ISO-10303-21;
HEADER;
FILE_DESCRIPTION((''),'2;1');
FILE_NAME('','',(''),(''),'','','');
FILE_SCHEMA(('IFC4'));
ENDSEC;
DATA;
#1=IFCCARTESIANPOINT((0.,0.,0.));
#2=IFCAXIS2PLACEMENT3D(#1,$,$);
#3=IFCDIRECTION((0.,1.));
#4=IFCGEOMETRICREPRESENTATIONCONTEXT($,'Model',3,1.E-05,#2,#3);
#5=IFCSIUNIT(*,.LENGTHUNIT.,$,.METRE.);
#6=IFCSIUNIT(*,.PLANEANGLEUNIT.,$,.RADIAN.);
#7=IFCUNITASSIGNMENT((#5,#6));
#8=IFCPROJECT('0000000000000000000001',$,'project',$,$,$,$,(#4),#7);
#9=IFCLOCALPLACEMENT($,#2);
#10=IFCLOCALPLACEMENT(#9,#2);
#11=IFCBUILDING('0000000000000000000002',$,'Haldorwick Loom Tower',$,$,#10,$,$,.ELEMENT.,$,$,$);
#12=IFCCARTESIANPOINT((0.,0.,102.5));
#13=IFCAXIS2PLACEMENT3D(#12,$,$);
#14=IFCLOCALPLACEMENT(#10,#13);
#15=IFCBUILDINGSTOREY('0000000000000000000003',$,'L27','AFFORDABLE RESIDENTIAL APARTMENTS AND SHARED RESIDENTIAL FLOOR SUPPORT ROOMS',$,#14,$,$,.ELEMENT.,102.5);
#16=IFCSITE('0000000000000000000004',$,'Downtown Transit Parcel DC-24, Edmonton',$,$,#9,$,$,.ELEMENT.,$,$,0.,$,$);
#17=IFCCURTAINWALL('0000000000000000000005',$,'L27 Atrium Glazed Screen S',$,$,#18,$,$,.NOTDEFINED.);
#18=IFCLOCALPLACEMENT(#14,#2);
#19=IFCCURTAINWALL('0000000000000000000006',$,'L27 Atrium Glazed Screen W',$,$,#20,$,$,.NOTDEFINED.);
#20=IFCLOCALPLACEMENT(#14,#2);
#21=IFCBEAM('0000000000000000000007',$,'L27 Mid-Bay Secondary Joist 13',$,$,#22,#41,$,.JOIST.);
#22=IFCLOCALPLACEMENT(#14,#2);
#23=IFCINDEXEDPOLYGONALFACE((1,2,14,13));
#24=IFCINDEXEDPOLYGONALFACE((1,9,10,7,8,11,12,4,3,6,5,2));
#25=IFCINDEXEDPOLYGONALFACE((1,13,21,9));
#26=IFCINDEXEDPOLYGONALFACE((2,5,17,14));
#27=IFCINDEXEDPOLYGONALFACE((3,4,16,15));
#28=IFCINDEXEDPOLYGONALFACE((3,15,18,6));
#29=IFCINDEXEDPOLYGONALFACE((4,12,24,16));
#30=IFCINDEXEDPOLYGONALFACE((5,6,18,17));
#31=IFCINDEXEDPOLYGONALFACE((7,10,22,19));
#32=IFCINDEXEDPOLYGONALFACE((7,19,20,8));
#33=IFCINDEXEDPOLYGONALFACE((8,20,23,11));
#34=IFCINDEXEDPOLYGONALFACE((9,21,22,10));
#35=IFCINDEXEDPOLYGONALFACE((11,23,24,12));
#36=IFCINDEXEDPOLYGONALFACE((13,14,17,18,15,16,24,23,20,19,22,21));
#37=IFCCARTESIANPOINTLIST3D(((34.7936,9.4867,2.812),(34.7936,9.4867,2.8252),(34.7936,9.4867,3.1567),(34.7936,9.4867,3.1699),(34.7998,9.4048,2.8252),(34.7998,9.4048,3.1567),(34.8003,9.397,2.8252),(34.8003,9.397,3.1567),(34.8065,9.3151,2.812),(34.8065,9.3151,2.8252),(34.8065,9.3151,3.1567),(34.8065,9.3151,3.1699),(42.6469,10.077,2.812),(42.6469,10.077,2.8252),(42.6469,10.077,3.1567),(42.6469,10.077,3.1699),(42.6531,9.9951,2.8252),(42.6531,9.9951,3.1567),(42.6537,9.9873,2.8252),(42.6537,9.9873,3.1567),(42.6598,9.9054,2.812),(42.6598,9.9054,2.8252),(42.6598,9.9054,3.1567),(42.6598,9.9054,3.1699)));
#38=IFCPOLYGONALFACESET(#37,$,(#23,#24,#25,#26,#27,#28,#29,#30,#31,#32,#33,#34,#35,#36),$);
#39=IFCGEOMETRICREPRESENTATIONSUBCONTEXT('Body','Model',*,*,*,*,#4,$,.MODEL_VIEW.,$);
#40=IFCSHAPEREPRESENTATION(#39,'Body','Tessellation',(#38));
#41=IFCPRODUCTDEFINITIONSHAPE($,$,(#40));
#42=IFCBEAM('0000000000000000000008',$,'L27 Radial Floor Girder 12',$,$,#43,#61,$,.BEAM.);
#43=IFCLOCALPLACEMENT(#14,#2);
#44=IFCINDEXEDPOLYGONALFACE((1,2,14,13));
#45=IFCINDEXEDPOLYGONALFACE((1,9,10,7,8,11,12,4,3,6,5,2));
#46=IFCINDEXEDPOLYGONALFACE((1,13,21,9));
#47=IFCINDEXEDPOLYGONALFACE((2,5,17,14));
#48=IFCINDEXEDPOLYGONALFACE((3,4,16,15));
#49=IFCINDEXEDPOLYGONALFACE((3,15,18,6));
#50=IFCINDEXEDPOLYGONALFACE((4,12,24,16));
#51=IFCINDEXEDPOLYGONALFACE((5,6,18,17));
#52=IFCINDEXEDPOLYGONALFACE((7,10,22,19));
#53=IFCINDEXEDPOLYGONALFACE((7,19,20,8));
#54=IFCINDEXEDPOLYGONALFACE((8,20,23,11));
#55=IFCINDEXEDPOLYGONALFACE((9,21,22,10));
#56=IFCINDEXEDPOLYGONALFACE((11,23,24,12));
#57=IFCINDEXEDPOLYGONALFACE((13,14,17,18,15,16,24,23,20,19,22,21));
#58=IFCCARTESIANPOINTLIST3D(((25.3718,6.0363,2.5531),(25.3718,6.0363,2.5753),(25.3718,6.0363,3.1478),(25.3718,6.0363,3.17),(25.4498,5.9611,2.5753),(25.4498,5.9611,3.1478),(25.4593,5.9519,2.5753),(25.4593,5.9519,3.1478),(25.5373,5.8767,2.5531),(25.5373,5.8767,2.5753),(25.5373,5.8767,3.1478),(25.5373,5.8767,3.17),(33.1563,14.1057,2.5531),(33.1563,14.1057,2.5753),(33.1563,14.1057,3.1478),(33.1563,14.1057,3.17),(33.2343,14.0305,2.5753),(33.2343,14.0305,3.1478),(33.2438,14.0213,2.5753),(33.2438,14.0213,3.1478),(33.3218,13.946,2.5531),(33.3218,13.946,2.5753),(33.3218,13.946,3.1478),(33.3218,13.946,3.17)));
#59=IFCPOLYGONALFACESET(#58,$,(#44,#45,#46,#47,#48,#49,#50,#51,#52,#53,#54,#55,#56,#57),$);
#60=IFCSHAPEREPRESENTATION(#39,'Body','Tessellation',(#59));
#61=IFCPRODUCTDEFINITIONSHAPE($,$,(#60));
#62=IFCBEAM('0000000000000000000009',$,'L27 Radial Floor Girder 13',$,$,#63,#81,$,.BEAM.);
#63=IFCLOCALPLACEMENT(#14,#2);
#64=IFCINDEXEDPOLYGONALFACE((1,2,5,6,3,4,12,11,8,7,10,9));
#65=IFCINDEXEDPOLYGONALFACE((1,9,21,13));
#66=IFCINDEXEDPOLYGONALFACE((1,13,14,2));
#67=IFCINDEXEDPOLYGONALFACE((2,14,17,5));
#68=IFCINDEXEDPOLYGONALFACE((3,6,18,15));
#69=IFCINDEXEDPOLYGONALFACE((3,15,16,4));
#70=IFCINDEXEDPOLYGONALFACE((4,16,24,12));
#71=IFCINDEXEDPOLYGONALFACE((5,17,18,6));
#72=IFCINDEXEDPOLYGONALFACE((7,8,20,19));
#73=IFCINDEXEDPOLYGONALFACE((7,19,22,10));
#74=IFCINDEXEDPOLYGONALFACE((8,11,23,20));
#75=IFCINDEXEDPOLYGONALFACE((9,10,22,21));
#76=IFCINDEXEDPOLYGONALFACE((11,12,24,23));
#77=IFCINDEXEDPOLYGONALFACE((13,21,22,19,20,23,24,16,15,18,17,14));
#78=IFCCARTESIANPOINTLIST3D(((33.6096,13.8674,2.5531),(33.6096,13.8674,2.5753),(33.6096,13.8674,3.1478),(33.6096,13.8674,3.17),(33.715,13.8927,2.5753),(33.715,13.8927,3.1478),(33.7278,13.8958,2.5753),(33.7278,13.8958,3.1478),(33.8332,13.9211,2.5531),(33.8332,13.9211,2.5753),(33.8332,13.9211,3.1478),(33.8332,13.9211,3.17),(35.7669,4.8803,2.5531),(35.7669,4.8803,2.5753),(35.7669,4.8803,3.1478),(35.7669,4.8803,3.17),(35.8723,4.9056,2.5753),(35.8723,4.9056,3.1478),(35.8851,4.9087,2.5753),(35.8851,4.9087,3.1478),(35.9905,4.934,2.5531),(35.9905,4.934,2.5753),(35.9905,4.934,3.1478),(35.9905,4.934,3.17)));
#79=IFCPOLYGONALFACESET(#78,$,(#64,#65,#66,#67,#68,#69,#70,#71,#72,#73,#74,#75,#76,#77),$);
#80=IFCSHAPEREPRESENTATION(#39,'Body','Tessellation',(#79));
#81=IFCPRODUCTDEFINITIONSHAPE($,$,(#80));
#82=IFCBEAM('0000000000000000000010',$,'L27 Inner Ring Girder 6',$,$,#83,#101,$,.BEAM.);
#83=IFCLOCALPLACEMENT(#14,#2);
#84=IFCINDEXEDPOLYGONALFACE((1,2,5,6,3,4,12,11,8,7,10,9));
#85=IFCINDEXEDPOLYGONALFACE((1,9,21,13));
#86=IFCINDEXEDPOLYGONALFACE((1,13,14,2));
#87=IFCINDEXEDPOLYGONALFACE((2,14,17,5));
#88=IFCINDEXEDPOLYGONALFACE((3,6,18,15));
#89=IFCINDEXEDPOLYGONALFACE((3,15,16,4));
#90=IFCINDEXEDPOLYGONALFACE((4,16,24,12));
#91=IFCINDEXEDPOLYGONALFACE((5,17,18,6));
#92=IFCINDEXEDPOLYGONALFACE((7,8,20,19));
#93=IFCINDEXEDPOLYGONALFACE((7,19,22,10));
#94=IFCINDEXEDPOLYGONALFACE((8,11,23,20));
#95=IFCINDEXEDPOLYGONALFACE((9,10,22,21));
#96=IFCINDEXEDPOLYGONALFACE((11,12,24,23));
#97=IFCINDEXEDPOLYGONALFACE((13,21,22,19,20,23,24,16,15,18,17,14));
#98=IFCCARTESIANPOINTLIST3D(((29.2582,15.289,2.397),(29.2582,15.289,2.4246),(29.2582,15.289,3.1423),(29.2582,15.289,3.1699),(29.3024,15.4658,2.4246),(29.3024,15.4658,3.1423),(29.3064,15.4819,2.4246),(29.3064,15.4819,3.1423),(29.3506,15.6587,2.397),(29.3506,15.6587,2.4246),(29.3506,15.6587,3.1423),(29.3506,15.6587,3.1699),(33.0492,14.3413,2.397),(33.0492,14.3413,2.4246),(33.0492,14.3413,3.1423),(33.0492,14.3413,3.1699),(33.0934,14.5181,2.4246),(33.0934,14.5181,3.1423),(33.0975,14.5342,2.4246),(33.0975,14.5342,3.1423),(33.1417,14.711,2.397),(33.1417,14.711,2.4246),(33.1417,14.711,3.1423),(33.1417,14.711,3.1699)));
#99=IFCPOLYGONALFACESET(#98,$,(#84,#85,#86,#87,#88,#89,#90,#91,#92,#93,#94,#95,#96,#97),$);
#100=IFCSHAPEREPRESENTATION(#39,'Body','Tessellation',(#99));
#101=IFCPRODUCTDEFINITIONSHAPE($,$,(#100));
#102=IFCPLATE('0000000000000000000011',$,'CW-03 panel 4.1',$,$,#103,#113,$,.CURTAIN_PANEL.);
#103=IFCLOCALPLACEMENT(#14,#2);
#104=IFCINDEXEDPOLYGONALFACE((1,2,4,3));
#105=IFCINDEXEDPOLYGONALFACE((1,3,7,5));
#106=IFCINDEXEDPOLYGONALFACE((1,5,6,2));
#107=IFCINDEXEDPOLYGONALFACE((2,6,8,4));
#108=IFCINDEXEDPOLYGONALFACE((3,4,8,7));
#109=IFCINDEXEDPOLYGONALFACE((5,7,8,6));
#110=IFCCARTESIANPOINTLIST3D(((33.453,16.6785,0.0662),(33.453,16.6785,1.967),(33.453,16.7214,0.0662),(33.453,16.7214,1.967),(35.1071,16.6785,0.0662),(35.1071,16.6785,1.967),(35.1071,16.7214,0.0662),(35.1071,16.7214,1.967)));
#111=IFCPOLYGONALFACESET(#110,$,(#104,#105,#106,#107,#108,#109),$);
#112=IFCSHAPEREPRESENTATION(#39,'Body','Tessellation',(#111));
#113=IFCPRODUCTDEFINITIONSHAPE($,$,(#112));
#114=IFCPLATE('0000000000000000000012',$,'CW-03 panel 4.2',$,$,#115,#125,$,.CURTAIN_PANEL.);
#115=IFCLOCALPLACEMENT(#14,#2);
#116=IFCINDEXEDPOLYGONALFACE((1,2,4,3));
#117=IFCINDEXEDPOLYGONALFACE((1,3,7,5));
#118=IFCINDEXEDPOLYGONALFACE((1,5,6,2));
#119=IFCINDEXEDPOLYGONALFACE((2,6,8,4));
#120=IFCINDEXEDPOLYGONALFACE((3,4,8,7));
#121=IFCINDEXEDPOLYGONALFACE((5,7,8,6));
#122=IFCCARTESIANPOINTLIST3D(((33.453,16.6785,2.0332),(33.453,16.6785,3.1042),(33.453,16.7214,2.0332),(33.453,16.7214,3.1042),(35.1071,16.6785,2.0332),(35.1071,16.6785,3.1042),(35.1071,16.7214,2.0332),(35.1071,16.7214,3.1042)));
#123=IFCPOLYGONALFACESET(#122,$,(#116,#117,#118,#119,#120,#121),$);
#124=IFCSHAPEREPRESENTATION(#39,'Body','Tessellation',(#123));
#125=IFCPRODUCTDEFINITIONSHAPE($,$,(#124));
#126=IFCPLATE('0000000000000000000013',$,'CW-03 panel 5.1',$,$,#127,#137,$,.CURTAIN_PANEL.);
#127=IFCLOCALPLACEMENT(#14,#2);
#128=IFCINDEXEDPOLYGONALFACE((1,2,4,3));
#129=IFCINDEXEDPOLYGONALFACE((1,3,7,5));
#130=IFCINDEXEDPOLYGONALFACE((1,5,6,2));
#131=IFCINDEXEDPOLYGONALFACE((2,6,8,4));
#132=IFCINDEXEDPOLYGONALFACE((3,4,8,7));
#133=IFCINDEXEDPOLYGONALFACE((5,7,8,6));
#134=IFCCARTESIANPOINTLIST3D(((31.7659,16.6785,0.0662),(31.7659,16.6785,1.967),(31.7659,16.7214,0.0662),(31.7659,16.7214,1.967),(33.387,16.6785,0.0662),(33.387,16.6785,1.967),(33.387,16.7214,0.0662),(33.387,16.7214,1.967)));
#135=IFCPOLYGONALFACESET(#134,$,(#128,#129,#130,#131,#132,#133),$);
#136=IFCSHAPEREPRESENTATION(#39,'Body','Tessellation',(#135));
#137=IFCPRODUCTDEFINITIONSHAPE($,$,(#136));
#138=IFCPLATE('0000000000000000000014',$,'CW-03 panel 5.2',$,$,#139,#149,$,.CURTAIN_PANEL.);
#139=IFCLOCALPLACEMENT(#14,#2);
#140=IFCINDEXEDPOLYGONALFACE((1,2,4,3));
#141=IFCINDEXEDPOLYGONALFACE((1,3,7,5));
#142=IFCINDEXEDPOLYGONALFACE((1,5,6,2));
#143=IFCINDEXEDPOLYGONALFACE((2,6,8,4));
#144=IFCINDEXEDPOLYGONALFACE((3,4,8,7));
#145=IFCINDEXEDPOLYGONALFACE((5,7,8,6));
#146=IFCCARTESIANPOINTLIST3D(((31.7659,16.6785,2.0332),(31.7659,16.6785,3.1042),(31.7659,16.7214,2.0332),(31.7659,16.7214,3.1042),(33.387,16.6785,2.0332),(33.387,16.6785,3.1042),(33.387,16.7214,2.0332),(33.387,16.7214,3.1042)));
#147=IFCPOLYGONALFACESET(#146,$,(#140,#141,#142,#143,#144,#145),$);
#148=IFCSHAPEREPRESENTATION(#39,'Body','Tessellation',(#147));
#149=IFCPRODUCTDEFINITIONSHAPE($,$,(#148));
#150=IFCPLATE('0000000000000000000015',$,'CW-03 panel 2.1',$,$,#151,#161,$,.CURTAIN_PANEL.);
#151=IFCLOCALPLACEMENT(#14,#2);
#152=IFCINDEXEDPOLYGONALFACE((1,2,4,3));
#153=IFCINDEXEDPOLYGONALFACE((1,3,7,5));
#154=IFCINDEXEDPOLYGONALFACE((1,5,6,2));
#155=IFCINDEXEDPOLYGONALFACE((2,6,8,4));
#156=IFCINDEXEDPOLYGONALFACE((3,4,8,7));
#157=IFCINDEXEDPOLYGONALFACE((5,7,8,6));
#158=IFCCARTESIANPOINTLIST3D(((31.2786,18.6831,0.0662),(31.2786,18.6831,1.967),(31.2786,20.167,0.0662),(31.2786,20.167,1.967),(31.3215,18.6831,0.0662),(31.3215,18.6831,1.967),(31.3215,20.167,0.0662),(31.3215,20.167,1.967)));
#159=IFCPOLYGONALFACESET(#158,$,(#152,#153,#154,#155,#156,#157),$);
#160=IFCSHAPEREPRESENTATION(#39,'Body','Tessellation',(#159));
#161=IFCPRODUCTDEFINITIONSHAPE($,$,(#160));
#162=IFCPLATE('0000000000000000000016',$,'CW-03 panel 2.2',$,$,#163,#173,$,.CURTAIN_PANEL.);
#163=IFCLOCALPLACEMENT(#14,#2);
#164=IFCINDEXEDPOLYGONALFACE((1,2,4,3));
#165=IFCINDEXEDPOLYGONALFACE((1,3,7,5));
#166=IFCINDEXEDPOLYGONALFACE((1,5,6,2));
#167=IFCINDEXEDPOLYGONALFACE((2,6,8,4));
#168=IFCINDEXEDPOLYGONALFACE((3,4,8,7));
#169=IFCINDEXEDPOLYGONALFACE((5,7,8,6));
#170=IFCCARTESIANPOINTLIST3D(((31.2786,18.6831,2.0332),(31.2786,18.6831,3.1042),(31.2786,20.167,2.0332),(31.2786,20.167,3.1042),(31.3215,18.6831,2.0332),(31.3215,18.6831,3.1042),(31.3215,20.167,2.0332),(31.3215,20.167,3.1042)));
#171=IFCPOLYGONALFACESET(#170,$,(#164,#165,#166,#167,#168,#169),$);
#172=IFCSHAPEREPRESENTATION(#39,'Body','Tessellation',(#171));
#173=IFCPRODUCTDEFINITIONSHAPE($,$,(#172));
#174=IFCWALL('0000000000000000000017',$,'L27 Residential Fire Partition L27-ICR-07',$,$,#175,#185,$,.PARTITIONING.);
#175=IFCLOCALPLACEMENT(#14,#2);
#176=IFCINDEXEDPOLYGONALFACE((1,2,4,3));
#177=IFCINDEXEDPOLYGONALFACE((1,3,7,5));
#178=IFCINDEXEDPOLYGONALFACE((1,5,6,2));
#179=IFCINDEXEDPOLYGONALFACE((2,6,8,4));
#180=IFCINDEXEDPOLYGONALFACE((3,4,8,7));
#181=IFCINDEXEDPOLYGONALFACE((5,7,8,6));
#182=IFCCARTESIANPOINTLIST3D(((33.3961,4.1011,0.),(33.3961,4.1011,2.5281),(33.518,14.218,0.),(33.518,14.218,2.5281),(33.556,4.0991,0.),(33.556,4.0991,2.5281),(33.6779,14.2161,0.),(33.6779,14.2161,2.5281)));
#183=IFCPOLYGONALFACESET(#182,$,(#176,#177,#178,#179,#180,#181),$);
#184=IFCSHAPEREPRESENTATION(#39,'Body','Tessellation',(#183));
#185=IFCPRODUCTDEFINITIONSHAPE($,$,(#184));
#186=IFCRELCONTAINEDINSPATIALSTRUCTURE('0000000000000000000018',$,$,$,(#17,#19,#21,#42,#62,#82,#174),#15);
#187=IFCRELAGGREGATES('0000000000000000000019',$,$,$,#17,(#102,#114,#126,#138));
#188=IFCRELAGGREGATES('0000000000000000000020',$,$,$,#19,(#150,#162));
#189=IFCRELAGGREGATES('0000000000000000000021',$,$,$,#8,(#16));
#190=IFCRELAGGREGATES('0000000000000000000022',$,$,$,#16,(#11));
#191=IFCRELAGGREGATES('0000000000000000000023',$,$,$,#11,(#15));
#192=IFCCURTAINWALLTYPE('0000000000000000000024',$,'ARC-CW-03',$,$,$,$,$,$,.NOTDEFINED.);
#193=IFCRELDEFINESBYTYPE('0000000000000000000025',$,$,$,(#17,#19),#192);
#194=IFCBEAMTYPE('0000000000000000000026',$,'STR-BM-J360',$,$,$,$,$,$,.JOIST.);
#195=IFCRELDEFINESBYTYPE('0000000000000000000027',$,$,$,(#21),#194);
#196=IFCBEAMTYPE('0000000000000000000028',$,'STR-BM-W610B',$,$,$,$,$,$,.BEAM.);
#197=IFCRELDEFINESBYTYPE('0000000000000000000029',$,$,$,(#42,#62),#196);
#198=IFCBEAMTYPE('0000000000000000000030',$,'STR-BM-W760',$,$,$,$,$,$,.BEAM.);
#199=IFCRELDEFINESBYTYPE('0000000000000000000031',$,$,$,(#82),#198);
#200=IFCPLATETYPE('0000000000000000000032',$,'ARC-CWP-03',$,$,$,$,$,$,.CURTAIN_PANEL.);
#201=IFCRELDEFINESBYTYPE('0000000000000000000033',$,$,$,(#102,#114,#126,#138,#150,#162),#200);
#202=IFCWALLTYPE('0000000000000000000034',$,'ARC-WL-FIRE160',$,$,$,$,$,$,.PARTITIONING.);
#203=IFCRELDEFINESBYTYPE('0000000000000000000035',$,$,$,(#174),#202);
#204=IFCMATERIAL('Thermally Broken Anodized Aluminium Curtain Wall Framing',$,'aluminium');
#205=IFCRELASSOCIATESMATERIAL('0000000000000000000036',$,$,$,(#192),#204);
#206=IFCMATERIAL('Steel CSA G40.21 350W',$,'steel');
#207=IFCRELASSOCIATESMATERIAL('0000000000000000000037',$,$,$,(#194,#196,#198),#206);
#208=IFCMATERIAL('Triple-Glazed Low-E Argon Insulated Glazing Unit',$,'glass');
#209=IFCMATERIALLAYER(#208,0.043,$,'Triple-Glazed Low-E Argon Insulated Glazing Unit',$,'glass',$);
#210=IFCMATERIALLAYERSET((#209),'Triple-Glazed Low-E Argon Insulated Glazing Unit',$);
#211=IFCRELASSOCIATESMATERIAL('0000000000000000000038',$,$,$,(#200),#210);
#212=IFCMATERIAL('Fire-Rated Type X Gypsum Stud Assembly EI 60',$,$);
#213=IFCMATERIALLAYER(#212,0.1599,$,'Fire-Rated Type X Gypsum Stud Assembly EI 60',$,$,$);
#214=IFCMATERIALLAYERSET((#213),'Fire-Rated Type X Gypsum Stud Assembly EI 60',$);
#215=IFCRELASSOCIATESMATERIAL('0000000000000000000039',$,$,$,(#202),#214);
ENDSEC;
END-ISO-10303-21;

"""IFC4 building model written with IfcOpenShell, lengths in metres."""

from ifc_helpers import new_model, si_unit, direction, frame, frame_2d, origin, origin_2d, place, context, subcontext, project, spatial, rectangle, i_section, extrude, material, layer, layer_set, material_profile, profile_set, type_object, element, aggregate, save


model = new_model("IFC4")

# Units and contexts
model_context = context("Model", 3, precision=1e-05, world=origin(), true_north=direction((0.0, 1.0)))
body_context = subcontext(model_context, "Body", "Model", "MODEL_VIEW")
ifc_project = project(units=[si_unit("LENGTHUNIT", "METRE"), si_unit("PLANEANGLEUNIT", "RADIAN")], contexts=[model_context])

# Site, building, storey
site_placement = place(None, origin())
site = spatial("IfcSite", under=ifc_project, at=site_placement, Name="Downtown Transit Parcel DC-24, Edmonton", CompositionType="ELEMENT", RefElevation=0.0)
building_placement = place(site_placement, origin())
building = spatial("IfcBuilding", under=site, at=building_placement, Name="Haldorwick Loom Tower", CompositionType="ELEMENT")
storey_placement = place(building_placement, frame((0.0, 0.0, 102.5)))
storey = spatial("IfcBuildingStorey", under=building, at=storey_placement, Name="L27", Description="AFFORDABLE RESIDENTIAL APARTMENTS AND SHARED RESIDENTIAL FLOOR SUPPORT ROOMS", CompositionType="ELEMENT", Elevation=102.5)

# Curtain wall
ifc_material_1 = material(Name="Thermally Broken Anodized Aluminium Curtain Wall Framing", Category="aluminium")
curtain_wall_type = type_object("IfcCurtainWallType", Name="ARC-CW-03", PredefinedType="NOTDEFINED", material=ifc_material_1)
curtain_wall_1_placement = place(storey_placement, origin())
curtain_wall_1 = element("IfcCurtainWall", 1, at=curtain_wall_1_placement, inside=storey, type_object=curtain_wall_type, Name="L27 Atrium Glazed Screen S", PredefinedType="NOTDEFINED")

# Curtain wall
curtain_wall_2_placement = place(storey_placement, origin())
curtain_wall_2 = element("IfcCurtainWall", 2, at=curtain_wall_2_placement, inside=storey, type_object=curtain_wall_type, Name="L27 Atrium Glazed Screen W", PredefinedType="NOTDEFINED")

# Beams
ifc_material_2 = material(Name="Steel CSA G40.21 350W", Category="steel")
ifc_material_profile_1 = material_profile(ifc_material_2, i_section(OverallWidth=0.1721, OverallDepth=0.3579, WebThickness=0.0078, FlangeThickness=0.0132, at=origin_2d()), Name="W360X57", Category="steel")
ifc_profile_set_1 = profile_set([ifc_material_profile_1], Name="Steel CSA G40.21 350W")
beam_type_1 = type_object("IfcBeamType", Name="STR-BM-J360", PredefinedType="JOIST", material=ifc_profile_set_1)
beam_1_placement = place(storey_placement, frame((34.8, 9.4009, 2.991), z_axis=(0.997187, 0.074959, 0.0), x_axis=(-0.074959, 0.997187, 0.0)))
element("IfcBeam", 3, at=beam_1_placement, inside=storey, type_object=beam_type_1, Name="L27 Mid-Bay Secondary Joist 13", PredefinedType="JOIST", context=body_context, shape_type="SweptSolid", body=[
    extrude(i_section(OverallWidth=0.1721, OverallDepth=0.3579, WebThickness=0.0078, FlangeThickness=0.0132, at=origin_2d()), origin(), (0.0, 0.0, 1.0), 7.8755),
])
ifc_material_profile_2 = material_profile(ifc_material_2, i_section(OverallWidth=0.23, OverallDepth=0.6169, WebThickness=0.0132, FlangeThickness=0.0222, at=origin_2d()), Name="W610X140", Category="steel")
ifc_profile_set_2 = profile_set([ifc_material_profile_2], Name="Steel CSA G40.21 350W")
beam_type_2 = type_object("IfcBeamType", Name="STR-BM-W610B", PredefinedType="BEAM", material=ifc_profile_set_2)
beam_2_placement = place(storey_placement, frame((33.239, 14.0259, 2.8616), z_axis=(-0.694287, -0.719698, 0.0), x_axis=(0.719698, -0.694287, 0.0)))
element("IfcBeam", 4, at=beam_2_placement, inside=storey, type_object=beam_type_2, Name="L27 Radial Floor Girder 12", PredefinedType="BEAM", context=body_context, shape_type="SweptSolid", body=[
    extrude(i_section(OverallWidth=0.23, OverallDepth=0.6169, WebThickness=0.0132, FlangeThickness=0.0222, at=origin_2d()), origin(), (0.0, 0.0, 1.0), 11.2122),
])
beam_3_placement = place(storey_placement, frame((33.7214, 13.8943, 2.8616), z_axis=(0.233407, -0.972379, 0.0), x_axis=(0.972379, 0.233407, 0.0)))
element("IfcBeam", 5, at=beam_3_placement, inside=storey, type_object=beam_type_2, Name="L27 Radial Floor Girder 13", PredefinedType="BEAM", context=body_context, shape_type="SweptSolid", body=[
    extrude(i_section(OverallWidth=0.23, OverallDepth=0.6169, WebThickness=0.0132, FlangeThickness=0.0222, at=origin_2d()), origin(), (0.0, 0.0, 1.0), 9.2424),
])
ifc_material_profile_3 = material_profile(ifc_material_2, i_section(OverallWidth=0.3811, OverallDepth=0.7729, WebThickness=0.0166, FlangeThickness=0.0276, at=origin_2d()), Name="W760X257", Category="steel")
ifc_profile_set_3 = profile_set([ifc_material_profile_3], Name="Steel CSA G40.21 350W")
beam_type_3 = type_object("IfcBeamType", Name="STR-BM-W760", PredefinedType="BEAM", material=ifc_profile_set_3)
beam_4_placement = place(storey_placement, frame((33.0955, 14.5261, 2.7834), z_axis=(-0.970143, 0.242536, 0.0), x_axis=(-0.242536, -0.970143, 0.0)))
element("IfcBeam", 6, at=beam_4_placement, inside=storey, type_object=beam_type_3, Name="L27 Inner Ring Girder 6", PredefinedType="BEAM", context=body_context, shape_type="SweptSolid", body=[
    extrude(i_section(OverallWidth=0.3811, OverallDepth=0.7729, WebThickness=0.0166, FlangeThickness=0.0276, at=origin_2d()), origin(), (0.0, 0.0, 1.0), 3.9077),
])

# Plates
ifc_material_3 = material(Name="Triple-Glazed Low-E Argon Insulated Glazing Unit", Category="glass")
ifc_layer_1 = layer(ifc_material_3, 0.043, Name="Triple-Glazed Low-E Argon Insulated Glazing Unit", Category="glass")
ifc_layer_set_1 = layer_set([ifc_layer_1], Name="Triple-Glazed Low-E Argon Insulated Glazing Unit")
plate_type = type_object("IfcPlateType", Name="ARC-CWP-03", PredefinedType="CURTAIN_PANEL", material=ifc_layer_set_1)
plate_1_placement = place(storey_placement, frame((34.28, 16.7, 0.0662), z_axis=(0.0, 0.0, 1.0), x_axis=(-1.0, 0.0, 0.0)))
plate_1 = element("IfcPlate", 7, at=plate_1_placement, type_object=plate_type, Name="CW-03 panel 4.1", PredefinedType="CURTAIN_PANEL", context=body_context, shape_type="SweptSolid", body=[
    extrude(rectangle(XDim=1.6541, YDim=0.043, at=origin_2d()), origin(), (0.0, 0.0, 1.0), 1.9009),
])
plate_2_placement = place(storey_placement, frame((34.28, 16.7, 2.0332), z_axis=(0.0, 0.0, 1.0), x_axis=(-1.0, 0.0, 0.0)))
plate_2 = element("IfcPlate", 8, at=plate_2_placement, type_object=plate_type, Name="CW-03 panel 4.2", PredefinedType="CURTAIN_PANEL", context=body_context, shape_type="SweptSolid", body=[
    extrude(rectangle(XDim=1.6541, YDim=0.043, at=origin_2d()), origin(), (0.0, 0.0, 1.0), 1.071),
])
plate_3_placement = place(storey_placement, frame((32.5764, 16.7, 0.0662), z_axis=(0.0, 0.0, 1.0), x_axis=(-1.0, 0.0, 0.0)))
plate_3 = element("IfcPlate", 9, at=plate_3_placement, type_object=plate_type, Name="CW-03 panel 5.1", PredefinedType="CURTAIN_PANEL", context=body_context, shape_type="SweptSolid", body=[
    extrude(rectangle(XDim=1.6211, YDim=0.043, at=origin_2d()), origin(), (0.0, 0.0, 1.0), 1.9009),
])
plate_4_placement = place(storey_placement, frame((32.5764, 16.7, 2.0332), z_axis=(0.0, 0.0, 1.0), x_axis=(-1.0, 0.0, 0.0)))
plate_4 = element("IfcPlate", 10, at=plate_4_placement, type_object=plate_type, Name="CW-03 panel 5.2", PredefinedType="CURTAIN_PANEL", context=body_context, shape_type="SweptSolid", body=[
    extrude(rectangle(XDim=1.6211, YDim=0.043, at=origin_2d()), origin(), (0.0, 0.0, 1.0), 1.071),
])
aggregate(curtain_wall_1, [plate_1, plate_2, plate_3, plate_4])
plate_5_placement = place(storey_placement, frame((31.3, 19.425, 0.0662), z_axis=(0.0, 0.0, 1.0), x_axis=(0.0, 1.0, 0.0)))
plate_5 = element("IfcPlate", 11, at=plate_5_placement, type_object=plate_type, Name="CW-03 panel 2.1", PredefinedType="CURTAIN_PANEL", context=body_context, shape_type="SweptSolid", body=[
    extrude(rectangle(XDim=1.4839, YDim=0.043, at=origin_2d()), origin(), (0.0, 0.0, 1.0), 1.9009),
])
plate_6_placement = place(storey_placement, frame((31.3, 19.425, 2.0332), z_axis=(0.0, 0.0, 1.0), x_axis=(0.0, 1.0, 0.0)))
plate_6 = element("IfcPlate", 12, at=plate_6_placement, type_object=plate_type, Name="CW-03 panel 2.2", PredefinedType="CURTAIN_PANEL", context=body_context, shape_type="SweptSolid", body=[
    extrude(rectangle(XDim=1.4839, YDim=0.043, at=origin_2d()), origin(), (0.0, 0.0, 1.0), 1.071),
])
aggregate(curtain_wall_2, [plate_5, plate_6])

# Wall
ifc_material_4 = material(Name="Fire-Rated Type X Gypsum Stud Assembly EI 60")
ifc_layer_2 = layer(ifc_material_4, 0.1599, Name="Fire-Rated Type X Gypsum Stud Assembly EI 60")
ifc_layer_set_2 = layer_set([ifc_layer_2], Name="Fire-Rated Type X Gypsum Stud Assembly EI 60")
wall_type = type_object("IfcWallType", Name="ARC-WL-FIRE160", PredefinedType="PARTITIONING", material=ifc_layer_set_2)
wall_1_placement = place(storey_placement, frame((33.5979, 14.217, 0.0), z_axis=(0.0, 0.0, 1.0), x_axis=(-0.012041, -0.999928, 0.0)))
element("IfcWall", 13, at=wall_1_placement, inside=storey, type_object=wall_type, Name="L27 Residential Fire Partition L27-ICR-07", PredefinedType="PARTITIONING", context=body_context, shape_type="SweptSolid", body=[
    extrude(rectangle(XDim=10.1177, YDim=0.1599, at=frame_2d((5.0588, 0.0))), origin(), (0.0, 0.0, 1.0), 2.5281),
])

save(model, "model.ifc")
